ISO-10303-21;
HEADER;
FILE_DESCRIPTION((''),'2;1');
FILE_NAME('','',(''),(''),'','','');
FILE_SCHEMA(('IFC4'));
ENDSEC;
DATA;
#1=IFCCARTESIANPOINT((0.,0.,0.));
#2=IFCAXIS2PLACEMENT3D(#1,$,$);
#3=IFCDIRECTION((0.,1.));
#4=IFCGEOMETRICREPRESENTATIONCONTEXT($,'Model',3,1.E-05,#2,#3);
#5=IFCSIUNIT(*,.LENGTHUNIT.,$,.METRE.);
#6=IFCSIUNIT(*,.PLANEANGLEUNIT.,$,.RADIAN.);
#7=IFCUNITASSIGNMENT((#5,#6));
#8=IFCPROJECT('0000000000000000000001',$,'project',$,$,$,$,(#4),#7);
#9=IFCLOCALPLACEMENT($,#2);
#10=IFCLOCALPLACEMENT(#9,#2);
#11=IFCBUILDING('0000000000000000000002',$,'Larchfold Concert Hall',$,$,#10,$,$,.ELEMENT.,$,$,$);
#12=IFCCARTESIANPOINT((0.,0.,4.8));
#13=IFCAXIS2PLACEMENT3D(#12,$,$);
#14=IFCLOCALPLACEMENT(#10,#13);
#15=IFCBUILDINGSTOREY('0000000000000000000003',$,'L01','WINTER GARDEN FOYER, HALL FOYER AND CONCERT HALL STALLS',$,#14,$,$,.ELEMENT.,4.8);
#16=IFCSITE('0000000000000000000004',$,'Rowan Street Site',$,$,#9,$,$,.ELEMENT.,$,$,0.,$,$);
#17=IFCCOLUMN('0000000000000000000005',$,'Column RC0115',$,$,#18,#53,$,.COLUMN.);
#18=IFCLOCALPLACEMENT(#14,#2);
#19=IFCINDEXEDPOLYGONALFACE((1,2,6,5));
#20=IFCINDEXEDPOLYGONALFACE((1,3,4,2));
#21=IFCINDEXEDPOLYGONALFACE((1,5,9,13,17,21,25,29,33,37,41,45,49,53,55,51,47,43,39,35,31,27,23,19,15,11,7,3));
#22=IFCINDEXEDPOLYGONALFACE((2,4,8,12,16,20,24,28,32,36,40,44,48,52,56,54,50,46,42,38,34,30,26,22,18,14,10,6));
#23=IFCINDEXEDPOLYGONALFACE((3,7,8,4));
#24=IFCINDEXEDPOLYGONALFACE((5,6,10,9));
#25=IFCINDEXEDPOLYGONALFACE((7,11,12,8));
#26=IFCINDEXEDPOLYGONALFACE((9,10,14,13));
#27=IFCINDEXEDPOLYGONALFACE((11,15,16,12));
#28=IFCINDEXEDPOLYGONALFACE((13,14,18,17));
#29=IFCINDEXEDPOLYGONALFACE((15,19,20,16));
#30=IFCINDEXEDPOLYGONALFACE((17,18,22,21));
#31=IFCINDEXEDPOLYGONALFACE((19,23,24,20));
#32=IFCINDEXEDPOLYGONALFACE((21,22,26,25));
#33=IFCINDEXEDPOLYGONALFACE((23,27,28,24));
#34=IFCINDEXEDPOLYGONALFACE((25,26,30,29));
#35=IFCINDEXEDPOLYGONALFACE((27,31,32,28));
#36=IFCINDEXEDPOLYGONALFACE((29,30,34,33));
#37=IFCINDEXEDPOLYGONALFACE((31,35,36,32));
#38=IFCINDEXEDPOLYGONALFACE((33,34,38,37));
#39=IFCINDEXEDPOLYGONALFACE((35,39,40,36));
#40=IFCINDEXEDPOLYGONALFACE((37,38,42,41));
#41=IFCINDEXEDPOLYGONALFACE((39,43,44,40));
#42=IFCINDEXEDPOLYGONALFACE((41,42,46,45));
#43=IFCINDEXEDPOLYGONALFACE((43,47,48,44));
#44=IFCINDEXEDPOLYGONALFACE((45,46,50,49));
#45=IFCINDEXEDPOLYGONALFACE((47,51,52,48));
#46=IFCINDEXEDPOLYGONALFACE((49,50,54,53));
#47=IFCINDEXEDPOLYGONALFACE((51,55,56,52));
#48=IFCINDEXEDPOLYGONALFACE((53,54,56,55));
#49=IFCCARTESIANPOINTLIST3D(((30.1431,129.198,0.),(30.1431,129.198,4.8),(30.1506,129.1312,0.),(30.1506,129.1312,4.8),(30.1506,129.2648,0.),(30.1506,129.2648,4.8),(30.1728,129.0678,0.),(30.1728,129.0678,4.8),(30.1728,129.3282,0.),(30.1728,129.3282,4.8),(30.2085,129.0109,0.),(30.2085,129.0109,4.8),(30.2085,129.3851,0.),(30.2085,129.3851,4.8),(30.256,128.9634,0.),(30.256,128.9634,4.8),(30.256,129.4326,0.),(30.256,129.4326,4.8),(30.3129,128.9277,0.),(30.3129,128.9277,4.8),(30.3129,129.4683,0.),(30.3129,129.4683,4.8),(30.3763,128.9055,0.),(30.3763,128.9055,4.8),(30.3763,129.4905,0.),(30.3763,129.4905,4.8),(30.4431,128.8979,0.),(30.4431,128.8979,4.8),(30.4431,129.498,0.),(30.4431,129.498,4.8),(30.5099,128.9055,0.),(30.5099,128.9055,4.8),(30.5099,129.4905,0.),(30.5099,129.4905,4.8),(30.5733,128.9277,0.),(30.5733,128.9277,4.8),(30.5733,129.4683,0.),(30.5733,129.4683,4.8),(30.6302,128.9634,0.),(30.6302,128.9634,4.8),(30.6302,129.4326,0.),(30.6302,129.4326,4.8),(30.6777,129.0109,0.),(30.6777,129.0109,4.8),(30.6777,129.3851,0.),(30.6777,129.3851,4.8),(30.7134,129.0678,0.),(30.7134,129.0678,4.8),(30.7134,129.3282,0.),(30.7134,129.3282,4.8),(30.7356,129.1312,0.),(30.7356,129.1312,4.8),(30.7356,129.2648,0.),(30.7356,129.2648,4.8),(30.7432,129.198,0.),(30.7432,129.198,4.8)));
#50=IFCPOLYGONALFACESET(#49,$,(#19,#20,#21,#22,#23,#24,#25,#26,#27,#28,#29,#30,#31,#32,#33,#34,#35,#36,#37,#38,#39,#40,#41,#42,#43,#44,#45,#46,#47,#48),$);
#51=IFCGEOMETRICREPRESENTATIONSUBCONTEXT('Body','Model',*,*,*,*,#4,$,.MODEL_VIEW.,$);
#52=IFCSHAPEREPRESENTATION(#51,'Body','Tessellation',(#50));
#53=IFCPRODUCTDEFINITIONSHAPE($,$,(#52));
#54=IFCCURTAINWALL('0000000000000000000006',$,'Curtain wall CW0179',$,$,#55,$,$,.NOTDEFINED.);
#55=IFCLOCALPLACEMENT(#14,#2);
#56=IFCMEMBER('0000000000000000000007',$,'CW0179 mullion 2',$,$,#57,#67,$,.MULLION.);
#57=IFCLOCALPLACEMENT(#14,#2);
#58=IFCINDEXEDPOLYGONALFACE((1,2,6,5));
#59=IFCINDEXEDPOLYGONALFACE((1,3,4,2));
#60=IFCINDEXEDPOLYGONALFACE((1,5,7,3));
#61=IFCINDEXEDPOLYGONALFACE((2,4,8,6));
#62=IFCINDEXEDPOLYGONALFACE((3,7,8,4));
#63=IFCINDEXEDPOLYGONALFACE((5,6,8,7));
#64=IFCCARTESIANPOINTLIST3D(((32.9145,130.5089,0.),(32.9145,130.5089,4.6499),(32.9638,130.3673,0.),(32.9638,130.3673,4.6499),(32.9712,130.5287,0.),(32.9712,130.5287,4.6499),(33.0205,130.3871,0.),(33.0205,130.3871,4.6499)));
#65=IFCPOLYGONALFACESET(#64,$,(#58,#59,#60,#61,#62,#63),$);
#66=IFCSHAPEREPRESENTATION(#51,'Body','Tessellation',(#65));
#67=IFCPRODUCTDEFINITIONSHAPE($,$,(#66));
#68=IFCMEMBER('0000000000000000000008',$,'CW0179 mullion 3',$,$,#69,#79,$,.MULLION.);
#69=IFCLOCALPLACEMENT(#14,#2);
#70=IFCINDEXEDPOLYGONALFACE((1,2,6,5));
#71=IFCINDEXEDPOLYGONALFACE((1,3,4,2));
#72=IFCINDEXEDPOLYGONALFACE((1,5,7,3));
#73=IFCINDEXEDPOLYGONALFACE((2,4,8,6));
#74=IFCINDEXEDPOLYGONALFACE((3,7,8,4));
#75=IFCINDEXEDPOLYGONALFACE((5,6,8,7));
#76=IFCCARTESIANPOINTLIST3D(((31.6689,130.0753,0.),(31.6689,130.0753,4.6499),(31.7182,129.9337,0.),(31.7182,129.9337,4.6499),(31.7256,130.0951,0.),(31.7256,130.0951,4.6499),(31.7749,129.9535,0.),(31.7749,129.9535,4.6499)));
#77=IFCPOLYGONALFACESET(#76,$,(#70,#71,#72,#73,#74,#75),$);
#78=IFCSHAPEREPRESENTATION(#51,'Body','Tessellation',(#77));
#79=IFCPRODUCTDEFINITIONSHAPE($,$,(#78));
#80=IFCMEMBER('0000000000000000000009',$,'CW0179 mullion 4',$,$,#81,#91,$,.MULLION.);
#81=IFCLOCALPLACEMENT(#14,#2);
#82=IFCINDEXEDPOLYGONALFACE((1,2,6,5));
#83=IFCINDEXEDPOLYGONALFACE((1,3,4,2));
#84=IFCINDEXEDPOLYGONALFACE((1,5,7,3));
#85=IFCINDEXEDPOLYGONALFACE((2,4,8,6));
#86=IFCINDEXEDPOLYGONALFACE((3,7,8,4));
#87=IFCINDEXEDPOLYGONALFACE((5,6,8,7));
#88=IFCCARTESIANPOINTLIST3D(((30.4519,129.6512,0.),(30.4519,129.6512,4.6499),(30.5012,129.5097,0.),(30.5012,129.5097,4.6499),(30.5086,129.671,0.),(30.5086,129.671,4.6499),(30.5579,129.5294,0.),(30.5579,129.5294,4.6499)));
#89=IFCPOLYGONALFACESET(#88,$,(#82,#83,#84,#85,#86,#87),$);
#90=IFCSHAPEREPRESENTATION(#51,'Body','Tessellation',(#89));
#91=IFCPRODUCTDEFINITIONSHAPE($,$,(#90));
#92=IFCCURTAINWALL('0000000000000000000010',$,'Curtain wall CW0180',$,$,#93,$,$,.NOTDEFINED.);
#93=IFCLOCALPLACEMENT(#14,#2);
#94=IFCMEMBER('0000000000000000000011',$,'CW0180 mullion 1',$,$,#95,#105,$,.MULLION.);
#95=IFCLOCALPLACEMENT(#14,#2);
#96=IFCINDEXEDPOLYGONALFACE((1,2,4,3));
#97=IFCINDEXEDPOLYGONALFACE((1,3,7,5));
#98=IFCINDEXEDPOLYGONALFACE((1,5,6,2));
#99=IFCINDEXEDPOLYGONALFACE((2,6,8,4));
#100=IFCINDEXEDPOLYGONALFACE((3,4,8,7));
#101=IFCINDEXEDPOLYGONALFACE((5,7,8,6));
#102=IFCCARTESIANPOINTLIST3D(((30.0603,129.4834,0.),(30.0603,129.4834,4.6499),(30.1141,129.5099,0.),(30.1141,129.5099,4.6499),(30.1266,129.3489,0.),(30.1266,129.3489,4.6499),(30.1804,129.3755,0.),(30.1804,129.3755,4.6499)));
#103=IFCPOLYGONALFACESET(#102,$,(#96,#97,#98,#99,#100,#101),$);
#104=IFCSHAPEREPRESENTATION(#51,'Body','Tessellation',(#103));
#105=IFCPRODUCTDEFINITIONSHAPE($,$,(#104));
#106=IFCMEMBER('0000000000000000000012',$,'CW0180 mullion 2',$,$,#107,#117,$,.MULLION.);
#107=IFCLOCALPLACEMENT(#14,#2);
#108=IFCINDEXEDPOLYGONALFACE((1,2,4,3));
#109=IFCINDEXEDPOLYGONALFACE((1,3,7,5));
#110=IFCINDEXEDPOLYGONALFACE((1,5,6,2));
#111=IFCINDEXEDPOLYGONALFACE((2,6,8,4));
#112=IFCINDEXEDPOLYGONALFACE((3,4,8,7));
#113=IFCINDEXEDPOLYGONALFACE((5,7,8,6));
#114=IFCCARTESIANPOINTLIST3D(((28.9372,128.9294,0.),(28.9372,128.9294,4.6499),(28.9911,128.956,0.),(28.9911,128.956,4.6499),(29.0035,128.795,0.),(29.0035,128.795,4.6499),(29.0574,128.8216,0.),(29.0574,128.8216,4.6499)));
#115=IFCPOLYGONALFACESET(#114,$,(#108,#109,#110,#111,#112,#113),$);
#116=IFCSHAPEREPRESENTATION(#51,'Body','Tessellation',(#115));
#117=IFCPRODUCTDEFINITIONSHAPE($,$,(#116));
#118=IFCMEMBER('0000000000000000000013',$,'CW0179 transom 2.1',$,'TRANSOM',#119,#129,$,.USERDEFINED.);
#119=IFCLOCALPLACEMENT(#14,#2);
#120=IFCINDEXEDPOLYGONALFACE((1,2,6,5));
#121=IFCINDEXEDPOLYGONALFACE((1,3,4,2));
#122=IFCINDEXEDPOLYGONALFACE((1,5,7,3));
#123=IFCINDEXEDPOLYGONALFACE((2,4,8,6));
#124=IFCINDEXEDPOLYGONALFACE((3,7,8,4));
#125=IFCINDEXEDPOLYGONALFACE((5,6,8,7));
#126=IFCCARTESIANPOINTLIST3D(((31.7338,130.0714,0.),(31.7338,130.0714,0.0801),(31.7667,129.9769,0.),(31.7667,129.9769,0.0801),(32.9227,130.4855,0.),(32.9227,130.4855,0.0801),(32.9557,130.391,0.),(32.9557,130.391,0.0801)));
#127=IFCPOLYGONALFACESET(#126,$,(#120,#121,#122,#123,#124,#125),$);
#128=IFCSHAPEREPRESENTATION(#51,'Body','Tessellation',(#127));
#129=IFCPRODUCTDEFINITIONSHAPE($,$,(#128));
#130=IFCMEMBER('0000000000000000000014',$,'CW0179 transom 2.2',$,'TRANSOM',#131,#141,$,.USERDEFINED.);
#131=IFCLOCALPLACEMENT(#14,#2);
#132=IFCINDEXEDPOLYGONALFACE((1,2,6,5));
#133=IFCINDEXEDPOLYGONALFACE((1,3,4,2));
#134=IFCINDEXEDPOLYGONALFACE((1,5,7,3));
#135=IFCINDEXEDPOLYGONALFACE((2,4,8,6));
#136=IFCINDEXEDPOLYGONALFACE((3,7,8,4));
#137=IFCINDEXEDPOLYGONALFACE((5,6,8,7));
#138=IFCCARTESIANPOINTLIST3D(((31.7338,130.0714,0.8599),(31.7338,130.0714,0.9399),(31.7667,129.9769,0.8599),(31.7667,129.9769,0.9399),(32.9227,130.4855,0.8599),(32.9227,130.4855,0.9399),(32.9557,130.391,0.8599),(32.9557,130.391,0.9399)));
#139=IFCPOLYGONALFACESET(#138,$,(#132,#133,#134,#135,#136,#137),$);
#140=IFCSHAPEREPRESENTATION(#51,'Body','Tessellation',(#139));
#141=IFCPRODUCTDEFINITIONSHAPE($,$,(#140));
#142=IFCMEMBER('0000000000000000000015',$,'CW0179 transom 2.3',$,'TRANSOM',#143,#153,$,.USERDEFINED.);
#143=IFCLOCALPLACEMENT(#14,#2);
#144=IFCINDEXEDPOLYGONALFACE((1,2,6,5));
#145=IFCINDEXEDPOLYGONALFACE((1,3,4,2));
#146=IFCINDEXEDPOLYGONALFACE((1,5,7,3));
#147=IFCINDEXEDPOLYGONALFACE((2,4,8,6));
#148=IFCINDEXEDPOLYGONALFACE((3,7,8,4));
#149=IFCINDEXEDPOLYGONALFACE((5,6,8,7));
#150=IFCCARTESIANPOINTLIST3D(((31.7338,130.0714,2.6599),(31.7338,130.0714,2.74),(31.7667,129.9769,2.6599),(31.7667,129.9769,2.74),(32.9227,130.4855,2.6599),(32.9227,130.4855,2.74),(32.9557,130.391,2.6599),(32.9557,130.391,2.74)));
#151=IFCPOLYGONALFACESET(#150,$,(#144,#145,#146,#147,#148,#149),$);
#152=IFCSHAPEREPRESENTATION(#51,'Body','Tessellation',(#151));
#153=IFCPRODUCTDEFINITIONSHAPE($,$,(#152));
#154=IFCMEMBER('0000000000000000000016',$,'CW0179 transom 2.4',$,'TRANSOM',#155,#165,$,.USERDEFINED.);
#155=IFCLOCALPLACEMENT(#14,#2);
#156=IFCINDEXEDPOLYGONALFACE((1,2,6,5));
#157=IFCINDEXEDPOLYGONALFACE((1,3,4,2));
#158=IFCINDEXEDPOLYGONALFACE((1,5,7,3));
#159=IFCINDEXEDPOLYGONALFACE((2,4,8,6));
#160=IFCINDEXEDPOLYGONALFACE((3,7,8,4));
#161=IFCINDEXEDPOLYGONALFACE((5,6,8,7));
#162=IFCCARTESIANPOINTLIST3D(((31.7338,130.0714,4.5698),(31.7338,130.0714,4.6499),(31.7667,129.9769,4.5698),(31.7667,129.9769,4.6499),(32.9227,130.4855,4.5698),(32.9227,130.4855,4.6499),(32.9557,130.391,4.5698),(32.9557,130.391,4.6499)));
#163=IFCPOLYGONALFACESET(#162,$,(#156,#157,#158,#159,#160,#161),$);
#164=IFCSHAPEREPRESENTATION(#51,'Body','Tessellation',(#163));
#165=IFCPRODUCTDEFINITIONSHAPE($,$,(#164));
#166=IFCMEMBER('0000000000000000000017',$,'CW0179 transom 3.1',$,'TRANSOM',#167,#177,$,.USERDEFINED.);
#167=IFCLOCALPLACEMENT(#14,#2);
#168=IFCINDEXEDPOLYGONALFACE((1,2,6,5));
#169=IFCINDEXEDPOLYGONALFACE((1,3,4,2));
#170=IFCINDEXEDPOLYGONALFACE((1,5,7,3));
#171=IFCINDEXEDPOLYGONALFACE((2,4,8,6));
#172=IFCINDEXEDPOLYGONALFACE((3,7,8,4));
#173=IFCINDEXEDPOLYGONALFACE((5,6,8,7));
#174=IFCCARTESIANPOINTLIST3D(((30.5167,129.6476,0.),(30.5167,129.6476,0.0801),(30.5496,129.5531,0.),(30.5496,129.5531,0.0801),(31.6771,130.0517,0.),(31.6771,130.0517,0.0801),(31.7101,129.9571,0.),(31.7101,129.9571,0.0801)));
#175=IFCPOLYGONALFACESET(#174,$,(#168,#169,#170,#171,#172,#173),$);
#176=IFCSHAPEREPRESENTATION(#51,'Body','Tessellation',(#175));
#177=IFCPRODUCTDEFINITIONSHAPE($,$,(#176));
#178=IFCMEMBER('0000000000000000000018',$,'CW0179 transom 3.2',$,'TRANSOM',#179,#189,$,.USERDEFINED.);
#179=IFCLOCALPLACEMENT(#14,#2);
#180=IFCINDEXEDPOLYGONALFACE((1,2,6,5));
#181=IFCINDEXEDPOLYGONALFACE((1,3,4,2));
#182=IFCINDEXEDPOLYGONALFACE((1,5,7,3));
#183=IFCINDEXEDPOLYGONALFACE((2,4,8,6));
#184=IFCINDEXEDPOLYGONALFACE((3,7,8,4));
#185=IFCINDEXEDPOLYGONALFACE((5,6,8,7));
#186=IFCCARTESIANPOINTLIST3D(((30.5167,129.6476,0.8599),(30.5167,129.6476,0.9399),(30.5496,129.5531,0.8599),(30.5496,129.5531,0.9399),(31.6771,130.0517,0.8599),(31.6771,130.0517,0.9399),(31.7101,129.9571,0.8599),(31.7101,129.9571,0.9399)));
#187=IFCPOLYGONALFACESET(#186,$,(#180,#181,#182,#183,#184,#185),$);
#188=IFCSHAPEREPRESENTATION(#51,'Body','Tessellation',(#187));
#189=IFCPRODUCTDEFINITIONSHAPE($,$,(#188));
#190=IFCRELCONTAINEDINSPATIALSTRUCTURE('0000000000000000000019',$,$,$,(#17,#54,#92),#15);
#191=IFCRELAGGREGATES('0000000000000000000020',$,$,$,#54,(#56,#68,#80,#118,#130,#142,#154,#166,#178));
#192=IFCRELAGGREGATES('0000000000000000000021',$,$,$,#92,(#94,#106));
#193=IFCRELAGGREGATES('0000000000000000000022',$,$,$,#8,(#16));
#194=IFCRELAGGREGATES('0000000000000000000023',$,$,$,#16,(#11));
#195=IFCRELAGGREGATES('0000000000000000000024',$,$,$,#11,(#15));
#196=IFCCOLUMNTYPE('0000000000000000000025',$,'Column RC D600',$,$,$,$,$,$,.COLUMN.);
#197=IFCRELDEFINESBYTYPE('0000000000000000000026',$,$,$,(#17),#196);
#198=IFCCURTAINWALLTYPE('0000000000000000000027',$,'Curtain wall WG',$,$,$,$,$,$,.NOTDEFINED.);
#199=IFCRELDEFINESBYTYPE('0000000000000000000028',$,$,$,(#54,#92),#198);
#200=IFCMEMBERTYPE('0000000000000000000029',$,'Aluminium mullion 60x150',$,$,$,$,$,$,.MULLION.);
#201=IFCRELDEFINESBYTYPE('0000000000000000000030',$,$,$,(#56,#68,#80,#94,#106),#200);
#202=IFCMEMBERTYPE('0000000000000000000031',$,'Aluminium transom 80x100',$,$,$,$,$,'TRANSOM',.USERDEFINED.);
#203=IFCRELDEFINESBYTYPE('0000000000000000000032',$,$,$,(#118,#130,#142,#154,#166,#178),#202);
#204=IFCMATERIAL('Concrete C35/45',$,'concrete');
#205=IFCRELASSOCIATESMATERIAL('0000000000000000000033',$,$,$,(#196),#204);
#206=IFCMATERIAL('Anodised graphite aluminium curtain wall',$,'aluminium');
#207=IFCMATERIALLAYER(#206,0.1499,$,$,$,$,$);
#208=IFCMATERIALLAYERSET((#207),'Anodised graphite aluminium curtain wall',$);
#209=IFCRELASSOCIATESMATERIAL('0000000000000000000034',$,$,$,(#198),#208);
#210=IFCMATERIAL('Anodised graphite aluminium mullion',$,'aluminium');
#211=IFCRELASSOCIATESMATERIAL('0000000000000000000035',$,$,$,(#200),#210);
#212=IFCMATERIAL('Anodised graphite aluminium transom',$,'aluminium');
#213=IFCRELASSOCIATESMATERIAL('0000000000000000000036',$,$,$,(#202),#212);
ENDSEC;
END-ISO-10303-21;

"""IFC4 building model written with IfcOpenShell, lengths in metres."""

from ifc_helpers import new_model, si_unit, direction, frame, origin, origin_2d, place, context, subcontext, project, spatial, rectangle, circle, extrude, material, layer, layer_set, material_profile, profile_set, type_object, element, aggregate, save


model = new_model("IFC4")

# Units and contexts
model_context = context("Model", 3, precision=1e-05, world=origin(), true_north=direction((0.0, 1.0)))
body_context = subcontext(model_context, "Body", "Model", "MODEL_VIEW")
ifc_project = project(units=[si_unit("LENGTHUNIT", "METRE"), si_unit("PLANEANGLEUNIT", "RADIAN")], contexts=[model_context])

# Site, building, storey
site_placement = place(None, origin())
site = spatial("IfcSite", under=ifc_project, at=site_placement, Name="Rowan Street Site", CompositionType="ELEMENT", RefElevation=0.0)
building_placement = place(site_placement, origin())
building = spatial("IfcBuilding", under=site, at=building_placement, Name="Larchfold Concert Hall", CompositionType="ELEMENT")
storey_placement = place(building_placement, frame((0.0, 0.0, 4.8)))
storey = spatial("IfcBuildingStorey", under=building, at=storey_placement, Name="L01", Description="WINTER GARDEN FOYER, HALL FOYER AND CONCERT HALL STALLS", CompositionType="ELEMENT", Elevation=4.8)

# Column
ifc_material_1 = material(Name="Concrete C35/45", Category="concrete")
ifc_material_profile_1 = material_profile(ifc_material_1, circle(Radius=0.3, at=origin_2d()))
ifc_profile_set_1 = profile_set([ifc_material_profile_1], Name="Concrete C35/45")
column_type = type_object("IfcColumnType", Name="Column RC D600", PredefinedType="COLUMN", material=ifc_profile_set_1)
column_placement = place(storey_placement, frame((30.4431, 129.198, 0.0), z_axis=(0.0, 0.0, 1.0), x_axis=(1.0, 0.0, 0.0)))
element("IfcColumn", 1, at=column_placement, inside=storey, type_object=column_type, Name="Column RC0115", PredefinedType="COLUMN", context=body_context, shape_type="SweptSolid", body=[
    extrude(circle(Radius=0.3, at=origin_2d()), origin(), (0.0, 0.0, 1.0), 4.8),
])

# Curtain walls, members
ifc_material_2 = material(Name="Anodised graphite aluminium curtain wall", Category="aluminium")
ifc_layer_1 = layer(ifc_material_2, 0.1499)
ifc_layer_set_1 = layer_set([ifc_layer_1], Name="Anodised graphite aluminium curtain wall")
curtain_wall_type = type_object("IfcCurtainWallType", Name="Curtain wall WG", PredefinedType="NOTDEFINED", material=ifc_layer_set_1)
curtain_wall_1_placement = place(storey_placement, origin())
curtain_wall_1 = element("IfcCurtainWall", 2, at=curtain_wall_1_placement, inside=storey, type_object=curtain_wall_type, Name="Curtain wall CW0179", PredefinedType="NOTDEFINED")
ifc_material_3 = material(Name="Anodised graphite aluminium mullion", Category="aluminium")
ifc_material_profile_2 = material_profile(ifc_material_3, rectangle(XDim=0.1499, YDim=0.0601, at=origin_2d()))
ifc_profile_set_2 = profile_set([ifc_material_profile_2], Name="Anodised graphite aluminium mullion")
member_type_1 = type_object("IfcMemberType", Name="Aluminium mullion 60x150", PredefinedType="MULLION", material=ifc_profile_set_2)
member_1_placement = place(storey_placement, frame((32.9675, 130.448, 0.0), z_axis=(0.0, 0.0, 1.0), x_axis=(0.328899, -0.944365, 0.0)))
member_1 = element("IfcMember", 3, at=member_1_placement, type_object=member_type_1, Name="CW0179 mullion 2", PredefinedType="MULLION", context=body_context, shape_type="SweptSolid", body=[
    extrude(rectangle(XDim=0.1499, YDim=0.0601, at=origin_2d()), origin(), (0.0, 0.0, 1.0), 4.6499),
])
member_2_placement = place(storey_placement, frame((31.7219, 130.0144, 0.0), z_axis=(0.0, 0.0, 1.0), x_axis=(0.328899, -0.944365, 0.0)))
member_2 = element("IfcMember", 4, at=member_2_placement, type_object=member_type_1, Name="CW0179 mullion 3", PredefinedType="MULLION", context=body_context, shape_type="SweptSolid", body=[
    extrude(rectangle(XDim=0.1499, YDim=0.0601, at=origin_2d()), origin(), (0.0, 0.0, 1.0), 4.6499),
])
member_3_placement = place(storey_placement, frame((30.5049, 129.5903, 0.0), z_axis=(0.0, 0.0, 1.0), x_axis=(0.328899, -0.944365, 0.0)))
member_3 = element("IfcMember", 5, at=member_3_placement, type_object=member_type_1, Name="CW0179 mullion 4", PredefinedType="MULLION", context=body_context, shape_type="SweptSolid", body=[
    extrude(rectangle(XDim=0.1499, YDim=0.0601, at=origin_2d()), origin(), (0.0, 0.0, 1.0), 4.6499),
])
curtain_wall_2_placement = place(storey_placement, origin())
curtain_wall_2 = element("IfcCurtainWall", 6, at=curtain_wall_2_placement, inside=storey, type_object=curtain_wall_type, Name="Curtain wall CW0180", PredefinedType="NOTDEFINED")
member_4_placement = place(storey_placement, frame((30.1204, 129.4294, 0.0), z_axis=(0.0, 0.0, 1.0), x_axis=(0.442383, -0.896826, 0.0)))
member_4 = element("IfcMember", 7, at=member_4_placement, type_object=member_type_1, Name="CW0180 mullion 1", PredefinedType="MULLION", context=body_context, shape_type="SweptSolid", body=[
    extrude(rectangle(XDim=0.1499, YDim=0.0601, at=origin_2d()), origin(), (0.0, 0.0, 1.0), 4.6499),
])
member_5_placement = place(storey_placement, frame((28.9973, 128.8755, 0.0), z_axis=(0.0, 0.0, 1.0), x_axis=(0.442383, -0.896826, 0.0)))
member_5 = element("IfcMember", 8, at=member_5_placement, type_object=member_type_1, Name="CW0180 mullion 2", PredefinedType="MULLION", context=body_context, shape_type="SweptSolid", body=[
    extrude(rectangle(XDim=0.1499, YDim=0.0601, at=origin_2d()), origin(), (0.0, 0.0, 1.0), 4.6499),
])

# Members
ifc_material_4 = material(Name="Anodised graphite aluminium transom", Category="aluminium")
ifc_material_profile_3 = material_profile(ifc_material_4, rectangle(XDim=0.1001, YDim=0.0801, at=origin_2d()))
ifc_profile_set_3 = profile_set([ifc_material_profile_3], Name="Anodised graphite aluminium transom")
member_type_2 = type_object("IfcMemberType", Name="Aluminium transom 80x100", ElementType="TRANSOM", PredefinedType="USERDEFINED", material=ifc_profile_set_3)
member_6_placement = place(storey_placement, frame((32.9392, 130.4382, 0.04), z_axis=(-0.944371, -0.328882, 0.0), x_axis=(0.328882, -0.944371, 0.0)))
member_6 = element("IfcMember", 9, at=member_6_placement, type_object=member_type_2, Name="CW0179 transom 2.1", ObjectType="TRANSOM", PredefinedType="USERDEFINED", context=body_context, shape_type="SweptSolid", body=[
    extrude(rectangle(XDim=0.1001, YDim=0.0801, at=origin_2d()), origin(), (0.0, 0.0, 1.0), 1.259),
])
member_7_placement = place(storey_placement, frame((32.9392, 130.4382, 0.8999), z_axis=(-0.944371, -0.328882, 0.0), x_axis=(0.328882, -0.944371, 0.0)))
member_7 = element("IfcMember", 10, at=member_7_placement, type_object=member_type_2, Name="CW0179 transom 2.2", ObjectType="TRANSOM", PredefinedType="USERDEFINED", context=body_context, shape_type="SweptSolid", body=[
    extrude(rectangle(XDim=0.1001, YDim=0.0801, at=origin_2d()), origin(), (0.0, 0.0, 1.0), 1.259),
])
member_8_placement = place(storey_placement, frame((32.9392, 130.4382, 2.7), z_axis=(-0.944371, -0.328882, 0.0), x_axis=(0.328882, -0.944371, 0.0)))
member_8 = element("IfcMember", 11, at=member_8_placement, type_object=member_type_2, Name="CW0179 transom 2.3", ObjectType="TRANSOM", PredefinedType="USERDEFINED", context=body_context, shape_type="SweptSolid", body=[
    extrude(rectangle(XDim=0.1001, YDim=0.0801, at=origin_2d()), origin(), (0.0, 0.0, 1.0), 1.259),
])
member_9_placement = place(storey_placement, frame((32.9392, 130.4382, 4.6099), z_axis=(-0.944371, -0.328882, 0.0), x_axis=(0.328882, -0.944371, 0.0)))
member_9 = element("IfcMember", 12, at=member_9_placement, type_object=member_type_2, Name="CW0179 transom 2.4", ObjectType="TRANSOM", PredefinedType="USERDEFINED", context=body_context, shape_type="SweptSolid", body=[
    extrude(rectangle(XDim=0.1001, YDim=0.0801, at=origin_2d()), origin(), (0.0, 0.0, 1.0), 1.259),
])
member_10_placement = place(storey_placement, frame((31.6936, 130.0044, 0.04), z_axis=(-0.944387, -0.328837, 0.0), x_axis=(0.328837, -0.944387, 0.0)))
member_10 = element("IfcMember", 13, at=member_10_placement, type_object=member_type_2, Name="CW0179 transom 3.1", ObjectType="TRANSOM", PredefinedType="USERDEFINED", context=body_context, shape_type="SweptSolid", body=[
    extrude(rectangle(XDim=0.1001, YDim=0.0801, at=origin_2d()), origin(), (0.0, 0.0, 1.0), 1.2288),
])
member_11_placement = place(storey_placement, frame((31.6936, 130.0044, 0.8999), z_axis=(-0.944387, -0.328837, 0.0), x_axis=(0.328837, -0.944387, 0.0)))
member_11 = element("IfcMember", 14, at=member_11_placement, type_object=member_type_2, Name="CW0179 transom 3.2", ObjectType="TRANSOM", PredefinedType="USERDEFINED", context=body_context, shape_type="SweptSolid", body=[
    extrude(rectangle(XDim=0.1001, YDim=0.0801, at=origin_2d()), origin(), (0.0, 0.0, 1.0), 1.2288),
])

aggregate(curtain_wall_1, [member_1, member_2, member_3, member_6, member_7, member_8, member_9, member_10, member_11])
aggregate(curtain_wall_2, [member_4, member_5])

save(model, "model.ifc")
